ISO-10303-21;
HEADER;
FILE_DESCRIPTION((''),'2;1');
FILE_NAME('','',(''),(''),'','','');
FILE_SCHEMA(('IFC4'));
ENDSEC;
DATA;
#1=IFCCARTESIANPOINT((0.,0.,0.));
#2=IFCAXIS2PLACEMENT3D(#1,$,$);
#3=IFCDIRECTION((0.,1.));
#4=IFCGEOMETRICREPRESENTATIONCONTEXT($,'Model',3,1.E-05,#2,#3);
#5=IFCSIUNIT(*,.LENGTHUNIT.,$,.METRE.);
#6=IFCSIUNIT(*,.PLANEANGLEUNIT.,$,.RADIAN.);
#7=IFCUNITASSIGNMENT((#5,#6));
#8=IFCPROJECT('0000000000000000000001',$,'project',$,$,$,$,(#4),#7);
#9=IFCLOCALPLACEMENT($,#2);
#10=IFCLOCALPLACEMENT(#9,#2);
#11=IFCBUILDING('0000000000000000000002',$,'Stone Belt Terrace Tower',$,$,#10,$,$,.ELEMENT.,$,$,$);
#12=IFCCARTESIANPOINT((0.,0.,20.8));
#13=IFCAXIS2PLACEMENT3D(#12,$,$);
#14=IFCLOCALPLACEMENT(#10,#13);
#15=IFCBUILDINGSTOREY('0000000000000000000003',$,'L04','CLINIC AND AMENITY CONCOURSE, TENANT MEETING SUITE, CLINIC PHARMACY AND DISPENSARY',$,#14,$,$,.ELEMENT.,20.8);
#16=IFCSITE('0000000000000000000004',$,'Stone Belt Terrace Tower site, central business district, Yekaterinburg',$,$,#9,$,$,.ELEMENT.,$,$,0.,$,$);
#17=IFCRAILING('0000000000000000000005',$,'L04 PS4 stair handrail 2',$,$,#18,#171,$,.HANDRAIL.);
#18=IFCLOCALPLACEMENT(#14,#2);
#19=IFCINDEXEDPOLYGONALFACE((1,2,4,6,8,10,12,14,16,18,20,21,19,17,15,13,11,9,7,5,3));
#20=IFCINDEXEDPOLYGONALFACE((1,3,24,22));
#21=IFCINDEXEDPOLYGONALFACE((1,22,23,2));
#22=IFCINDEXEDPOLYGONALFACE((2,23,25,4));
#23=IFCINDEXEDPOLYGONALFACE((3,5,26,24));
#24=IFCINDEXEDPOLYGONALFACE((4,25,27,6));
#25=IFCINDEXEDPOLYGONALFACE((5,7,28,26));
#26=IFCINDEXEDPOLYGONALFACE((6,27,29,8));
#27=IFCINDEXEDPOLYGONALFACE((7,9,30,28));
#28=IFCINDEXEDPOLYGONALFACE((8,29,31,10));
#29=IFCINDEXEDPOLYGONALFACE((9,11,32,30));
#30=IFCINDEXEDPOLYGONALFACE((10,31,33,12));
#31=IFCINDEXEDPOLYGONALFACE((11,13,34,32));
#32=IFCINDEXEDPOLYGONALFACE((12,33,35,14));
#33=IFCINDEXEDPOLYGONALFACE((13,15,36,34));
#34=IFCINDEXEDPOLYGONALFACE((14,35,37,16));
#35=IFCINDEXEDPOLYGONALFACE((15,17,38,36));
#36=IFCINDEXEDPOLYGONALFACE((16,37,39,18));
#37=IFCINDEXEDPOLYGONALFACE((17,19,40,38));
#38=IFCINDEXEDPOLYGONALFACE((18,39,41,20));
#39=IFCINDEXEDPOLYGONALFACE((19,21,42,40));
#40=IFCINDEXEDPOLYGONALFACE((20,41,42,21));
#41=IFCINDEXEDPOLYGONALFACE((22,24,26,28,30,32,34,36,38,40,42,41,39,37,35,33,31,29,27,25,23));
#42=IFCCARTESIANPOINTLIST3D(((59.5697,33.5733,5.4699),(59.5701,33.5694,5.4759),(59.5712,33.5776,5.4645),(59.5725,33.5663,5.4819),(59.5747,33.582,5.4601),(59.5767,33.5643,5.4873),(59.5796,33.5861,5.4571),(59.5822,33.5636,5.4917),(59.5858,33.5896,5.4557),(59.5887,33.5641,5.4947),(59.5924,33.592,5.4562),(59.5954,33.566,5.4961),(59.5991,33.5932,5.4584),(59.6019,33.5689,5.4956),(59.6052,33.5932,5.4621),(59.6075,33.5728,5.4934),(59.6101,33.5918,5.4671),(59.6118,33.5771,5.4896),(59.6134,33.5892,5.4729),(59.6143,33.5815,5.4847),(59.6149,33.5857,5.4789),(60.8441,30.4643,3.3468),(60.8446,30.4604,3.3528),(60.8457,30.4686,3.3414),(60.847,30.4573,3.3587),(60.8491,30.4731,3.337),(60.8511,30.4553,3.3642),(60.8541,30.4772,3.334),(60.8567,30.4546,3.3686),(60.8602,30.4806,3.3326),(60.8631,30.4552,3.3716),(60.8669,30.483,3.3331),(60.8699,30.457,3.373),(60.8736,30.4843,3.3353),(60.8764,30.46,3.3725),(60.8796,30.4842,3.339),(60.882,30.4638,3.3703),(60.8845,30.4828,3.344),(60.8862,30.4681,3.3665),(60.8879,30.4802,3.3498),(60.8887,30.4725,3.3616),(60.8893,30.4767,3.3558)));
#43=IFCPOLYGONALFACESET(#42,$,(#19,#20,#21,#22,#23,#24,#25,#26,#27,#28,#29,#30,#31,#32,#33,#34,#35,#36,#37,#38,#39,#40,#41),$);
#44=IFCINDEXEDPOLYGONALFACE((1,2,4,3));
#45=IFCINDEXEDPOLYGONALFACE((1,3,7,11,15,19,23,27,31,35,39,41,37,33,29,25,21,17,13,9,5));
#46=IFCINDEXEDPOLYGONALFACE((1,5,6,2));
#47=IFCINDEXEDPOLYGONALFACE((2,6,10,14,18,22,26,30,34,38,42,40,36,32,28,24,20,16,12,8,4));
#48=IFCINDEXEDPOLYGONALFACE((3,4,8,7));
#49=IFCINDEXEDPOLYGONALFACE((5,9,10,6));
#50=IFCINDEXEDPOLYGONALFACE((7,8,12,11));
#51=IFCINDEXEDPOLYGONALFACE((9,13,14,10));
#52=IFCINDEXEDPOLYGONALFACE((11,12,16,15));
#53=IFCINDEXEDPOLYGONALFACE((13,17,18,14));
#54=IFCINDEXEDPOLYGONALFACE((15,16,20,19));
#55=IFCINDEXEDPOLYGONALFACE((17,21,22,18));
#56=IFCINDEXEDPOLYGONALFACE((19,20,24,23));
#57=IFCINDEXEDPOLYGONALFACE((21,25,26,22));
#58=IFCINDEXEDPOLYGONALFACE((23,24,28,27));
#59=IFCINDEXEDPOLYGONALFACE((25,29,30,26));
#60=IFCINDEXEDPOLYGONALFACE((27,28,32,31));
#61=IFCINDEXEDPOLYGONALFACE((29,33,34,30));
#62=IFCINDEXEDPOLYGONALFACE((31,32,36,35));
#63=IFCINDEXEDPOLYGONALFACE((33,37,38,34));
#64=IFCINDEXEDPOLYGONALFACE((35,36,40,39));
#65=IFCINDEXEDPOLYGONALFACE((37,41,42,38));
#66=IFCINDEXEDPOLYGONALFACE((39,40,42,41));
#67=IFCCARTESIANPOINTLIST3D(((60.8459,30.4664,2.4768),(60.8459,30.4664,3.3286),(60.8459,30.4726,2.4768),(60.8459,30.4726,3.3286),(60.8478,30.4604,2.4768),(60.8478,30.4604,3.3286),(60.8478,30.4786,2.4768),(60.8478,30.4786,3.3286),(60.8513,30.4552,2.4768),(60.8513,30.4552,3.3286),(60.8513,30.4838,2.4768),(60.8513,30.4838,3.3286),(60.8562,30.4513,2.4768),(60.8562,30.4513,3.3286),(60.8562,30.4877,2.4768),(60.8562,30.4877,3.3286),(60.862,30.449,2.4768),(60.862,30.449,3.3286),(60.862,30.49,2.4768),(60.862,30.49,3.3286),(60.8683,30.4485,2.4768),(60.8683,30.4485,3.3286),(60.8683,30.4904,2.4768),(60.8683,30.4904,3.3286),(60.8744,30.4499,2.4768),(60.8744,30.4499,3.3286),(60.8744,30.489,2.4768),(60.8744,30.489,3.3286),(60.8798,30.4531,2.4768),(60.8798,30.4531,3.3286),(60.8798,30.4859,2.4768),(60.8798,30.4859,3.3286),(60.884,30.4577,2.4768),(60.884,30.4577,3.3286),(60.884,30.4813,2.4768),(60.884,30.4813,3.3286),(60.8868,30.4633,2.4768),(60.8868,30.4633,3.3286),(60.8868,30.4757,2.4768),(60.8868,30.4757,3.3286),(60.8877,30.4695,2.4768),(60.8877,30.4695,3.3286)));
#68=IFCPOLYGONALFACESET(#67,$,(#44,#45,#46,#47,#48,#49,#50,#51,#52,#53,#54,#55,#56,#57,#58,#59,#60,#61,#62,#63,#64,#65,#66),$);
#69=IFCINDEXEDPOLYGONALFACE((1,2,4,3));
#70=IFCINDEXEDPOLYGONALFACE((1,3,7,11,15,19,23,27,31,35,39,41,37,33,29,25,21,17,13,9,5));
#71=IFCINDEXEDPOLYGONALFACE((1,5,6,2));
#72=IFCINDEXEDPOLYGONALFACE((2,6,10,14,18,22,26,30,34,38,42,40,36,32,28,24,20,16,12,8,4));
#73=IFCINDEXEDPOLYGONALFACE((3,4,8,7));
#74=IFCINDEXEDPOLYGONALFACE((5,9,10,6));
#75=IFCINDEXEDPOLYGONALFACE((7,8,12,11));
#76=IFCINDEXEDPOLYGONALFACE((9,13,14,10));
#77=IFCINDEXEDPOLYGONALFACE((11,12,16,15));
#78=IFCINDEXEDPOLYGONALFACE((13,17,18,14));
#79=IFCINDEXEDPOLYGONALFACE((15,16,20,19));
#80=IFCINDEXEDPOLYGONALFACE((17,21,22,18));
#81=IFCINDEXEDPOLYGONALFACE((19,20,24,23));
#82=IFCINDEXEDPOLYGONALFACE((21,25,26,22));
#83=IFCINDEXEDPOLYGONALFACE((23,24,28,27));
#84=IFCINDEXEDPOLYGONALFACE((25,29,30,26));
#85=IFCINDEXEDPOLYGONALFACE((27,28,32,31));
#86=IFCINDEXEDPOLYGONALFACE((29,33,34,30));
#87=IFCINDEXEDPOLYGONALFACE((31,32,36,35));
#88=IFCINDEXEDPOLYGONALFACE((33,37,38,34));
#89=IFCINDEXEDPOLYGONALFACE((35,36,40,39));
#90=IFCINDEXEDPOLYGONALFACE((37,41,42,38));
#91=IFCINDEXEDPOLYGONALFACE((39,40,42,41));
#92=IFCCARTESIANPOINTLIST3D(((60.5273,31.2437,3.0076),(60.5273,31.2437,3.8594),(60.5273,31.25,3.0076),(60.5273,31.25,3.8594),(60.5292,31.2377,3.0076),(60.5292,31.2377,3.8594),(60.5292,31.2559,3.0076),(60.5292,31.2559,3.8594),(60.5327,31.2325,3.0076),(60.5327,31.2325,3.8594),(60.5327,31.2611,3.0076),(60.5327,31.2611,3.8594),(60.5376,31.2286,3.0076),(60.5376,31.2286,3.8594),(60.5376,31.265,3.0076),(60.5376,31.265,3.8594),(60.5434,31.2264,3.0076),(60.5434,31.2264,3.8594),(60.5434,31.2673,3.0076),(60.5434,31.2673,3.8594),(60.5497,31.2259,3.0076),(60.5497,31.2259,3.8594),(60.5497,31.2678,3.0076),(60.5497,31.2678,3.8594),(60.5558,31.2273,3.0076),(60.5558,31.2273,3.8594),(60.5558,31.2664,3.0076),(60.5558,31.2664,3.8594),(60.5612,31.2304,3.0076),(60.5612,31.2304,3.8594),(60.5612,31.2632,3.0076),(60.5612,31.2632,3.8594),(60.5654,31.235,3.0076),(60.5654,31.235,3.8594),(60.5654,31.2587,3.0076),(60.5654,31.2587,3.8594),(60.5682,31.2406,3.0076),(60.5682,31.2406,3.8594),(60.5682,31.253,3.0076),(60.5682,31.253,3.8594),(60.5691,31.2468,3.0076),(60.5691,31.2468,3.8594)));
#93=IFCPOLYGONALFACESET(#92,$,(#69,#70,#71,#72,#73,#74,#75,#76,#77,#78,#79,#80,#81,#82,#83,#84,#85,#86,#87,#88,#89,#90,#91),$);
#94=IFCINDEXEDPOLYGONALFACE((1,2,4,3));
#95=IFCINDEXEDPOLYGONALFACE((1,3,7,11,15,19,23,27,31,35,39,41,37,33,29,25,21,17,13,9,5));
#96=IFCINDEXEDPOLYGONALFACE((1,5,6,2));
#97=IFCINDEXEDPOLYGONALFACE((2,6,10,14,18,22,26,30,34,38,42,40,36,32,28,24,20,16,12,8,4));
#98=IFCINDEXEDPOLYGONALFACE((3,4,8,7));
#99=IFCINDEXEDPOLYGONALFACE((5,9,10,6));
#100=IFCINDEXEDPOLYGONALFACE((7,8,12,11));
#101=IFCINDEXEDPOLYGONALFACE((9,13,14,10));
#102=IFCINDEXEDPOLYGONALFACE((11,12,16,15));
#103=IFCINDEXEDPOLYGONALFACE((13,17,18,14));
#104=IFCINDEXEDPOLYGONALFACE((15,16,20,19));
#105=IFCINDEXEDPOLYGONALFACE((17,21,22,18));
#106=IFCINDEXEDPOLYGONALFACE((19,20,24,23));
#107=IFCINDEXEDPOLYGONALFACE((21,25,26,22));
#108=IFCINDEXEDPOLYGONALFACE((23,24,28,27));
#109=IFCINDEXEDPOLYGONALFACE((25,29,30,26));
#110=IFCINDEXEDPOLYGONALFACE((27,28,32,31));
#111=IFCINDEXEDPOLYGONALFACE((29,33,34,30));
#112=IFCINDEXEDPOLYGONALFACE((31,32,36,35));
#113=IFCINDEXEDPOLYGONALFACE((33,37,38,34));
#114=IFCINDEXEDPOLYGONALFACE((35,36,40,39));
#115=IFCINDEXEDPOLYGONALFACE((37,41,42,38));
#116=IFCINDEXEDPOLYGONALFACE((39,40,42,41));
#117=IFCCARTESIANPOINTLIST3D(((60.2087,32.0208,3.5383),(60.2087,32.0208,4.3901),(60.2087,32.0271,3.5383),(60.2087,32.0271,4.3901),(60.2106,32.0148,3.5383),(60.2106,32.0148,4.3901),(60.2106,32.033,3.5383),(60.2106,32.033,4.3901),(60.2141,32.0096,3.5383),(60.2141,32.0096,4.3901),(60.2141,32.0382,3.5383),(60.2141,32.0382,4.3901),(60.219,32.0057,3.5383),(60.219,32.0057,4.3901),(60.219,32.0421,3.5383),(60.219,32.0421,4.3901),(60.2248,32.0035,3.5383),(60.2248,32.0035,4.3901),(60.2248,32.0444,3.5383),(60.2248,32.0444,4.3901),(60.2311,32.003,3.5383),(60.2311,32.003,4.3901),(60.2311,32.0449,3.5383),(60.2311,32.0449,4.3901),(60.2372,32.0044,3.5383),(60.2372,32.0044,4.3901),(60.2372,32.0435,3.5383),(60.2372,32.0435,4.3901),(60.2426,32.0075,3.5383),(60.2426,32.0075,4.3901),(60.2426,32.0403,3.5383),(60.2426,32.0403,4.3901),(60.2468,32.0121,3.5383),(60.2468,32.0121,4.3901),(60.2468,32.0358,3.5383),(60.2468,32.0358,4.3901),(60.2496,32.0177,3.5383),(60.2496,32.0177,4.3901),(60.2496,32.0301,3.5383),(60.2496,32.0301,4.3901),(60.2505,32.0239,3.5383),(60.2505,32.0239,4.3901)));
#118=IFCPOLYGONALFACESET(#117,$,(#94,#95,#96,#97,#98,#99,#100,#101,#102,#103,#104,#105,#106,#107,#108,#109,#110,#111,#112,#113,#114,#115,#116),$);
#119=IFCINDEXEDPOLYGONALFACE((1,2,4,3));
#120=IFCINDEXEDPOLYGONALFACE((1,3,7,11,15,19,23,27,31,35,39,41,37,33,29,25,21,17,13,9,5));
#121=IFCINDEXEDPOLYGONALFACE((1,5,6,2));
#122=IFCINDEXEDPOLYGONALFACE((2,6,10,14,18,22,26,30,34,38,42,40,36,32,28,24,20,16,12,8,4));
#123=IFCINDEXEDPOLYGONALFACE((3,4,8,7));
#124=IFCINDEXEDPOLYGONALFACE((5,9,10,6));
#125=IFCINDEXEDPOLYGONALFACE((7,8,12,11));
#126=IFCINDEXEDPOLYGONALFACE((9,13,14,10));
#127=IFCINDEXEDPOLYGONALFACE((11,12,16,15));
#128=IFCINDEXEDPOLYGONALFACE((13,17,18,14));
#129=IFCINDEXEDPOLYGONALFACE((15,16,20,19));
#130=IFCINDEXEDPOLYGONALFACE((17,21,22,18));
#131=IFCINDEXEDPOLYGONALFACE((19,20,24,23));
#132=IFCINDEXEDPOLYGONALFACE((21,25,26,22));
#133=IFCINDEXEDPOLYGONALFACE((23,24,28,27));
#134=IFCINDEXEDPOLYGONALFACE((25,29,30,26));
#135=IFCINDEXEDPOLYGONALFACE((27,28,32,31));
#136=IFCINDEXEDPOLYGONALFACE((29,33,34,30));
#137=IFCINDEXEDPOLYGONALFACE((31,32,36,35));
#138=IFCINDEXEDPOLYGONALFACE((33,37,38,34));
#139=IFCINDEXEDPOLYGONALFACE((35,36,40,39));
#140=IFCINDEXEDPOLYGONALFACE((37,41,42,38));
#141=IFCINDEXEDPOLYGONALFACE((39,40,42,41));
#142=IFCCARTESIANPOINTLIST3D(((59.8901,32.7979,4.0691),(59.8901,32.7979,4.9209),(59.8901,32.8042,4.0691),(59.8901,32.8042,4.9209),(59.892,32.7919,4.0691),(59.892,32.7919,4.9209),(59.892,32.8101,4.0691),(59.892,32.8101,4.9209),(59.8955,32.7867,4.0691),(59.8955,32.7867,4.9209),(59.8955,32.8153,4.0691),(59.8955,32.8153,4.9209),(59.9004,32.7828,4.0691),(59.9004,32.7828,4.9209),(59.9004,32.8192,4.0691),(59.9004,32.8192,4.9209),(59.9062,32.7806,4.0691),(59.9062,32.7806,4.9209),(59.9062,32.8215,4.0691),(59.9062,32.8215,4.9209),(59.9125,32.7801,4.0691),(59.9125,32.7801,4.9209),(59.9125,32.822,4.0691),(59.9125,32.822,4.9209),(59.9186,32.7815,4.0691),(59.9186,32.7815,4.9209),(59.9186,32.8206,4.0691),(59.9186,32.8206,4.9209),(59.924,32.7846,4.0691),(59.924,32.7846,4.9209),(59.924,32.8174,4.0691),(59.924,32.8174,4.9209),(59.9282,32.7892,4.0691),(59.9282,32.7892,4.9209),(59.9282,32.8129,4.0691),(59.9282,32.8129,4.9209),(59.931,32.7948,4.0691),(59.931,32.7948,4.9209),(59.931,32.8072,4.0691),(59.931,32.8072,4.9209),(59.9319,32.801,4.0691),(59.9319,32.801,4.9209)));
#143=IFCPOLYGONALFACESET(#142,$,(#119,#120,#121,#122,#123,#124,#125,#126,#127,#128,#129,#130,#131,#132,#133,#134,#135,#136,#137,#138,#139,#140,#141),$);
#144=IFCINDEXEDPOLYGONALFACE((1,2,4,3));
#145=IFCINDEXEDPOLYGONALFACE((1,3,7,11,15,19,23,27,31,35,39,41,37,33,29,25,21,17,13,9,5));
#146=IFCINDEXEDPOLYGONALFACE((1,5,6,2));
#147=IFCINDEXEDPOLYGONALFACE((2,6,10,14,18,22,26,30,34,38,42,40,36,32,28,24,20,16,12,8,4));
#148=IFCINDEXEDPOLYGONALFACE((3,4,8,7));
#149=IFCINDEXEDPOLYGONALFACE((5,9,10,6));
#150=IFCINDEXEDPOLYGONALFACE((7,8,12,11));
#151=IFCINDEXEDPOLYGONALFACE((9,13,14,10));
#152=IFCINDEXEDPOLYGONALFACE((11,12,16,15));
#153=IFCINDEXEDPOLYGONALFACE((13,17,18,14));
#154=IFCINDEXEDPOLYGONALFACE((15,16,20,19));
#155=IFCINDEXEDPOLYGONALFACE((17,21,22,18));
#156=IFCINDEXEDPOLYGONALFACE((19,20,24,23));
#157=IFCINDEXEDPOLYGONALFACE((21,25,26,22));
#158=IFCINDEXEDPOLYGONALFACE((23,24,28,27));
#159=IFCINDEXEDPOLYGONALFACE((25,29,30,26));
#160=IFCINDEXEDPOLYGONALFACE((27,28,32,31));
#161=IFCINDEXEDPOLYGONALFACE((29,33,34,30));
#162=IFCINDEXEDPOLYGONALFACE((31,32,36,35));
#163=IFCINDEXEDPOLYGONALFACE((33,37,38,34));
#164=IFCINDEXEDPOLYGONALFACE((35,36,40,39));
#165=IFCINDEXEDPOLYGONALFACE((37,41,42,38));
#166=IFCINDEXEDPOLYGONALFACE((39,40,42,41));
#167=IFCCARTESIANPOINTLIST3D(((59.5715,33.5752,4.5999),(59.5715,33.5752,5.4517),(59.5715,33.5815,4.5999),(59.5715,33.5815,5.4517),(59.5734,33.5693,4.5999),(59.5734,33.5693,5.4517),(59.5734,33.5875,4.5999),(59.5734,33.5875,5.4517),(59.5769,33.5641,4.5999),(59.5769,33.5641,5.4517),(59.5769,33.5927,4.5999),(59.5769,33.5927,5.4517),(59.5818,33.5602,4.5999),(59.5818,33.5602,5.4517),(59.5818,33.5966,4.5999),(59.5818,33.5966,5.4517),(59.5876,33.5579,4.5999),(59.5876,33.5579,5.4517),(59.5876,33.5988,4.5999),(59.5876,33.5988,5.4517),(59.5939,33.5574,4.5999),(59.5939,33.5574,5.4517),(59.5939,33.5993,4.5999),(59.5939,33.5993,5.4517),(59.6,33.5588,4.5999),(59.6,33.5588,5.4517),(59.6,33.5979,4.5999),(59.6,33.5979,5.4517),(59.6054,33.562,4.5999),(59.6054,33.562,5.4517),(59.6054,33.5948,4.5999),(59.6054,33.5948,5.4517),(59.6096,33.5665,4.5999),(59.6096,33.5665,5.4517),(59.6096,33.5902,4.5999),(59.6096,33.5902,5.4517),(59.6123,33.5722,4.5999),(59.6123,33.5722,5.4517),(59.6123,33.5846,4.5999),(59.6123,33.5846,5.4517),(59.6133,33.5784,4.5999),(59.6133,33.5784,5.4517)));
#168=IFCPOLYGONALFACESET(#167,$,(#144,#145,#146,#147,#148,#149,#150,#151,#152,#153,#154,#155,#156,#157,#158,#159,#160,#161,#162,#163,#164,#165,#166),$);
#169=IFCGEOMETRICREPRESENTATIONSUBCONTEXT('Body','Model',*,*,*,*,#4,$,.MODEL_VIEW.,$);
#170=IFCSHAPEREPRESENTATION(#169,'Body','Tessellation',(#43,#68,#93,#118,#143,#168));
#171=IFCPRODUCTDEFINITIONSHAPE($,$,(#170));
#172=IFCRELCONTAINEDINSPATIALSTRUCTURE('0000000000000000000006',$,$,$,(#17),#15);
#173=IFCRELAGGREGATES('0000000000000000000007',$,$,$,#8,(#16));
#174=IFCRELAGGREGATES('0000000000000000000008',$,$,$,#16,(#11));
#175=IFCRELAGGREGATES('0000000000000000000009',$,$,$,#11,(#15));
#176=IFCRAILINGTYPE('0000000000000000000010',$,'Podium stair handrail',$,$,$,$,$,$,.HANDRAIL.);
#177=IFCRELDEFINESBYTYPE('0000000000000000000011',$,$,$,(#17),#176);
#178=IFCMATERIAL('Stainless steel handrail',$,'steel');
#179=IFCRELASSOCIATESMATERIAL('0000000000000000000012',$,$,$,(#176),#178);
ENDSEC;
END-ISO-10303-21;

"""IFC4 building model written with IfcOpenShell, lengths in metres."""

from ifc_helpers import new_model, si_unit, direction, frame, origin, origin_2d, place, context, subcontext, project, spatial, circle, extrude, material, type_object, element, save


model = new_model("IFC4")

# Units and contexts
model_context = context("Model", 3, precision=1e-05, world=origin(), true_north=direction((0.0, 1.0)))
body_context = subcontext(model_context, "Body", "Model", "MODEL_VIEW")
ifc_project = project(units=[si_unit("LENGTHUNIT", "METRE"), si_unit("PLANEANGLEUNIT", "RADIAN")], contexts=[model_context])

# Site, building, storey
site_placement = place(None, origin())
site = spatial("IfcSite", under=ifc_project, at=site_placement, Name="Stone Belt Terrace Tower site, central business district, Yekaterinburg", CompositionType="ELEMENT", RefElevation=0.0)
building_placement = place(site_placement, origin())
building = spatial("IfcBuilding", under=site, at=building_placement, Name="Stone Belt Terrace Tower", CompositionType="ELEMENT")
storey_placement = place(building_placement, frame((0.0, 0.0, 20.8)))
storey = spatial("IfcBuildingStorey", under=building, at=storey_placement, Name="L04", Description="CLINIC AND AMENITY CONCOURSE, TENANT MEETING SUITE, CLINIC PHARMACY AND DISPENSARY", CompositionType="ELEMENT", Elevation=20.8)

# Railing
ifc_material_1 = material(Name="Stainless steel handrail", Category="steel")
railing_type_1 = type_object("IfcRailingType", Name="Podium stair handrail", PredefinedType="HANDRAIL", material=ifc_material_1)
railing_1_placement = place(storey_placement, frame((60.8667, 30.4695, 2.4768)))
element("IfcRailing", 1, at=railing_1_placement, inside=storey, type_object=railing_type_1, Name="L04 PS4 stair handrail 2", PredefinedType="HANDRAIL", context=body_context, shape_type="SweptSolid", body=[
    extrude(circle(Radius=0.0239, at=origin_2d()), frame((0.0, 0.0, 0.876), z_axis=(-0.320648, 0.782209, 0.534167), x_axis=(-0.925276, -0.379295, 0.0)), (0.0, 0.0, 1.0), 3.9746),
    extrude(circle(Radius=0.021, at=origin_2d()), origin(), (0.0, 0.0, 1.0), 0.8518),
    extrude(circle(Radius=0.021, at=origin_2d()), frame((-0.3186, 0.7773, 0.5308)), (0.0, 0.0, 1.0), 0.8518),
    extrude(circle(Radius=0.021, at=origin_2d()), frame((-0.6372, 1.5544, 1.0615)), (0.0, 0.0, 1.0), 0.8518),
    extrude(circle(Radius=0.021, at=origin_2d()), frame((-0.9558, 2.3315, 1.5923)), (0.0, 0.0, 1.0), 0.8518),
    extrude(circle(Radius=0.021, at=origin_2d()), frame((-1.2744, 3.1089, 2.123)), (0.0, 0.0, 1.0), 0.8518),
])

save(model, "model.ifc")
